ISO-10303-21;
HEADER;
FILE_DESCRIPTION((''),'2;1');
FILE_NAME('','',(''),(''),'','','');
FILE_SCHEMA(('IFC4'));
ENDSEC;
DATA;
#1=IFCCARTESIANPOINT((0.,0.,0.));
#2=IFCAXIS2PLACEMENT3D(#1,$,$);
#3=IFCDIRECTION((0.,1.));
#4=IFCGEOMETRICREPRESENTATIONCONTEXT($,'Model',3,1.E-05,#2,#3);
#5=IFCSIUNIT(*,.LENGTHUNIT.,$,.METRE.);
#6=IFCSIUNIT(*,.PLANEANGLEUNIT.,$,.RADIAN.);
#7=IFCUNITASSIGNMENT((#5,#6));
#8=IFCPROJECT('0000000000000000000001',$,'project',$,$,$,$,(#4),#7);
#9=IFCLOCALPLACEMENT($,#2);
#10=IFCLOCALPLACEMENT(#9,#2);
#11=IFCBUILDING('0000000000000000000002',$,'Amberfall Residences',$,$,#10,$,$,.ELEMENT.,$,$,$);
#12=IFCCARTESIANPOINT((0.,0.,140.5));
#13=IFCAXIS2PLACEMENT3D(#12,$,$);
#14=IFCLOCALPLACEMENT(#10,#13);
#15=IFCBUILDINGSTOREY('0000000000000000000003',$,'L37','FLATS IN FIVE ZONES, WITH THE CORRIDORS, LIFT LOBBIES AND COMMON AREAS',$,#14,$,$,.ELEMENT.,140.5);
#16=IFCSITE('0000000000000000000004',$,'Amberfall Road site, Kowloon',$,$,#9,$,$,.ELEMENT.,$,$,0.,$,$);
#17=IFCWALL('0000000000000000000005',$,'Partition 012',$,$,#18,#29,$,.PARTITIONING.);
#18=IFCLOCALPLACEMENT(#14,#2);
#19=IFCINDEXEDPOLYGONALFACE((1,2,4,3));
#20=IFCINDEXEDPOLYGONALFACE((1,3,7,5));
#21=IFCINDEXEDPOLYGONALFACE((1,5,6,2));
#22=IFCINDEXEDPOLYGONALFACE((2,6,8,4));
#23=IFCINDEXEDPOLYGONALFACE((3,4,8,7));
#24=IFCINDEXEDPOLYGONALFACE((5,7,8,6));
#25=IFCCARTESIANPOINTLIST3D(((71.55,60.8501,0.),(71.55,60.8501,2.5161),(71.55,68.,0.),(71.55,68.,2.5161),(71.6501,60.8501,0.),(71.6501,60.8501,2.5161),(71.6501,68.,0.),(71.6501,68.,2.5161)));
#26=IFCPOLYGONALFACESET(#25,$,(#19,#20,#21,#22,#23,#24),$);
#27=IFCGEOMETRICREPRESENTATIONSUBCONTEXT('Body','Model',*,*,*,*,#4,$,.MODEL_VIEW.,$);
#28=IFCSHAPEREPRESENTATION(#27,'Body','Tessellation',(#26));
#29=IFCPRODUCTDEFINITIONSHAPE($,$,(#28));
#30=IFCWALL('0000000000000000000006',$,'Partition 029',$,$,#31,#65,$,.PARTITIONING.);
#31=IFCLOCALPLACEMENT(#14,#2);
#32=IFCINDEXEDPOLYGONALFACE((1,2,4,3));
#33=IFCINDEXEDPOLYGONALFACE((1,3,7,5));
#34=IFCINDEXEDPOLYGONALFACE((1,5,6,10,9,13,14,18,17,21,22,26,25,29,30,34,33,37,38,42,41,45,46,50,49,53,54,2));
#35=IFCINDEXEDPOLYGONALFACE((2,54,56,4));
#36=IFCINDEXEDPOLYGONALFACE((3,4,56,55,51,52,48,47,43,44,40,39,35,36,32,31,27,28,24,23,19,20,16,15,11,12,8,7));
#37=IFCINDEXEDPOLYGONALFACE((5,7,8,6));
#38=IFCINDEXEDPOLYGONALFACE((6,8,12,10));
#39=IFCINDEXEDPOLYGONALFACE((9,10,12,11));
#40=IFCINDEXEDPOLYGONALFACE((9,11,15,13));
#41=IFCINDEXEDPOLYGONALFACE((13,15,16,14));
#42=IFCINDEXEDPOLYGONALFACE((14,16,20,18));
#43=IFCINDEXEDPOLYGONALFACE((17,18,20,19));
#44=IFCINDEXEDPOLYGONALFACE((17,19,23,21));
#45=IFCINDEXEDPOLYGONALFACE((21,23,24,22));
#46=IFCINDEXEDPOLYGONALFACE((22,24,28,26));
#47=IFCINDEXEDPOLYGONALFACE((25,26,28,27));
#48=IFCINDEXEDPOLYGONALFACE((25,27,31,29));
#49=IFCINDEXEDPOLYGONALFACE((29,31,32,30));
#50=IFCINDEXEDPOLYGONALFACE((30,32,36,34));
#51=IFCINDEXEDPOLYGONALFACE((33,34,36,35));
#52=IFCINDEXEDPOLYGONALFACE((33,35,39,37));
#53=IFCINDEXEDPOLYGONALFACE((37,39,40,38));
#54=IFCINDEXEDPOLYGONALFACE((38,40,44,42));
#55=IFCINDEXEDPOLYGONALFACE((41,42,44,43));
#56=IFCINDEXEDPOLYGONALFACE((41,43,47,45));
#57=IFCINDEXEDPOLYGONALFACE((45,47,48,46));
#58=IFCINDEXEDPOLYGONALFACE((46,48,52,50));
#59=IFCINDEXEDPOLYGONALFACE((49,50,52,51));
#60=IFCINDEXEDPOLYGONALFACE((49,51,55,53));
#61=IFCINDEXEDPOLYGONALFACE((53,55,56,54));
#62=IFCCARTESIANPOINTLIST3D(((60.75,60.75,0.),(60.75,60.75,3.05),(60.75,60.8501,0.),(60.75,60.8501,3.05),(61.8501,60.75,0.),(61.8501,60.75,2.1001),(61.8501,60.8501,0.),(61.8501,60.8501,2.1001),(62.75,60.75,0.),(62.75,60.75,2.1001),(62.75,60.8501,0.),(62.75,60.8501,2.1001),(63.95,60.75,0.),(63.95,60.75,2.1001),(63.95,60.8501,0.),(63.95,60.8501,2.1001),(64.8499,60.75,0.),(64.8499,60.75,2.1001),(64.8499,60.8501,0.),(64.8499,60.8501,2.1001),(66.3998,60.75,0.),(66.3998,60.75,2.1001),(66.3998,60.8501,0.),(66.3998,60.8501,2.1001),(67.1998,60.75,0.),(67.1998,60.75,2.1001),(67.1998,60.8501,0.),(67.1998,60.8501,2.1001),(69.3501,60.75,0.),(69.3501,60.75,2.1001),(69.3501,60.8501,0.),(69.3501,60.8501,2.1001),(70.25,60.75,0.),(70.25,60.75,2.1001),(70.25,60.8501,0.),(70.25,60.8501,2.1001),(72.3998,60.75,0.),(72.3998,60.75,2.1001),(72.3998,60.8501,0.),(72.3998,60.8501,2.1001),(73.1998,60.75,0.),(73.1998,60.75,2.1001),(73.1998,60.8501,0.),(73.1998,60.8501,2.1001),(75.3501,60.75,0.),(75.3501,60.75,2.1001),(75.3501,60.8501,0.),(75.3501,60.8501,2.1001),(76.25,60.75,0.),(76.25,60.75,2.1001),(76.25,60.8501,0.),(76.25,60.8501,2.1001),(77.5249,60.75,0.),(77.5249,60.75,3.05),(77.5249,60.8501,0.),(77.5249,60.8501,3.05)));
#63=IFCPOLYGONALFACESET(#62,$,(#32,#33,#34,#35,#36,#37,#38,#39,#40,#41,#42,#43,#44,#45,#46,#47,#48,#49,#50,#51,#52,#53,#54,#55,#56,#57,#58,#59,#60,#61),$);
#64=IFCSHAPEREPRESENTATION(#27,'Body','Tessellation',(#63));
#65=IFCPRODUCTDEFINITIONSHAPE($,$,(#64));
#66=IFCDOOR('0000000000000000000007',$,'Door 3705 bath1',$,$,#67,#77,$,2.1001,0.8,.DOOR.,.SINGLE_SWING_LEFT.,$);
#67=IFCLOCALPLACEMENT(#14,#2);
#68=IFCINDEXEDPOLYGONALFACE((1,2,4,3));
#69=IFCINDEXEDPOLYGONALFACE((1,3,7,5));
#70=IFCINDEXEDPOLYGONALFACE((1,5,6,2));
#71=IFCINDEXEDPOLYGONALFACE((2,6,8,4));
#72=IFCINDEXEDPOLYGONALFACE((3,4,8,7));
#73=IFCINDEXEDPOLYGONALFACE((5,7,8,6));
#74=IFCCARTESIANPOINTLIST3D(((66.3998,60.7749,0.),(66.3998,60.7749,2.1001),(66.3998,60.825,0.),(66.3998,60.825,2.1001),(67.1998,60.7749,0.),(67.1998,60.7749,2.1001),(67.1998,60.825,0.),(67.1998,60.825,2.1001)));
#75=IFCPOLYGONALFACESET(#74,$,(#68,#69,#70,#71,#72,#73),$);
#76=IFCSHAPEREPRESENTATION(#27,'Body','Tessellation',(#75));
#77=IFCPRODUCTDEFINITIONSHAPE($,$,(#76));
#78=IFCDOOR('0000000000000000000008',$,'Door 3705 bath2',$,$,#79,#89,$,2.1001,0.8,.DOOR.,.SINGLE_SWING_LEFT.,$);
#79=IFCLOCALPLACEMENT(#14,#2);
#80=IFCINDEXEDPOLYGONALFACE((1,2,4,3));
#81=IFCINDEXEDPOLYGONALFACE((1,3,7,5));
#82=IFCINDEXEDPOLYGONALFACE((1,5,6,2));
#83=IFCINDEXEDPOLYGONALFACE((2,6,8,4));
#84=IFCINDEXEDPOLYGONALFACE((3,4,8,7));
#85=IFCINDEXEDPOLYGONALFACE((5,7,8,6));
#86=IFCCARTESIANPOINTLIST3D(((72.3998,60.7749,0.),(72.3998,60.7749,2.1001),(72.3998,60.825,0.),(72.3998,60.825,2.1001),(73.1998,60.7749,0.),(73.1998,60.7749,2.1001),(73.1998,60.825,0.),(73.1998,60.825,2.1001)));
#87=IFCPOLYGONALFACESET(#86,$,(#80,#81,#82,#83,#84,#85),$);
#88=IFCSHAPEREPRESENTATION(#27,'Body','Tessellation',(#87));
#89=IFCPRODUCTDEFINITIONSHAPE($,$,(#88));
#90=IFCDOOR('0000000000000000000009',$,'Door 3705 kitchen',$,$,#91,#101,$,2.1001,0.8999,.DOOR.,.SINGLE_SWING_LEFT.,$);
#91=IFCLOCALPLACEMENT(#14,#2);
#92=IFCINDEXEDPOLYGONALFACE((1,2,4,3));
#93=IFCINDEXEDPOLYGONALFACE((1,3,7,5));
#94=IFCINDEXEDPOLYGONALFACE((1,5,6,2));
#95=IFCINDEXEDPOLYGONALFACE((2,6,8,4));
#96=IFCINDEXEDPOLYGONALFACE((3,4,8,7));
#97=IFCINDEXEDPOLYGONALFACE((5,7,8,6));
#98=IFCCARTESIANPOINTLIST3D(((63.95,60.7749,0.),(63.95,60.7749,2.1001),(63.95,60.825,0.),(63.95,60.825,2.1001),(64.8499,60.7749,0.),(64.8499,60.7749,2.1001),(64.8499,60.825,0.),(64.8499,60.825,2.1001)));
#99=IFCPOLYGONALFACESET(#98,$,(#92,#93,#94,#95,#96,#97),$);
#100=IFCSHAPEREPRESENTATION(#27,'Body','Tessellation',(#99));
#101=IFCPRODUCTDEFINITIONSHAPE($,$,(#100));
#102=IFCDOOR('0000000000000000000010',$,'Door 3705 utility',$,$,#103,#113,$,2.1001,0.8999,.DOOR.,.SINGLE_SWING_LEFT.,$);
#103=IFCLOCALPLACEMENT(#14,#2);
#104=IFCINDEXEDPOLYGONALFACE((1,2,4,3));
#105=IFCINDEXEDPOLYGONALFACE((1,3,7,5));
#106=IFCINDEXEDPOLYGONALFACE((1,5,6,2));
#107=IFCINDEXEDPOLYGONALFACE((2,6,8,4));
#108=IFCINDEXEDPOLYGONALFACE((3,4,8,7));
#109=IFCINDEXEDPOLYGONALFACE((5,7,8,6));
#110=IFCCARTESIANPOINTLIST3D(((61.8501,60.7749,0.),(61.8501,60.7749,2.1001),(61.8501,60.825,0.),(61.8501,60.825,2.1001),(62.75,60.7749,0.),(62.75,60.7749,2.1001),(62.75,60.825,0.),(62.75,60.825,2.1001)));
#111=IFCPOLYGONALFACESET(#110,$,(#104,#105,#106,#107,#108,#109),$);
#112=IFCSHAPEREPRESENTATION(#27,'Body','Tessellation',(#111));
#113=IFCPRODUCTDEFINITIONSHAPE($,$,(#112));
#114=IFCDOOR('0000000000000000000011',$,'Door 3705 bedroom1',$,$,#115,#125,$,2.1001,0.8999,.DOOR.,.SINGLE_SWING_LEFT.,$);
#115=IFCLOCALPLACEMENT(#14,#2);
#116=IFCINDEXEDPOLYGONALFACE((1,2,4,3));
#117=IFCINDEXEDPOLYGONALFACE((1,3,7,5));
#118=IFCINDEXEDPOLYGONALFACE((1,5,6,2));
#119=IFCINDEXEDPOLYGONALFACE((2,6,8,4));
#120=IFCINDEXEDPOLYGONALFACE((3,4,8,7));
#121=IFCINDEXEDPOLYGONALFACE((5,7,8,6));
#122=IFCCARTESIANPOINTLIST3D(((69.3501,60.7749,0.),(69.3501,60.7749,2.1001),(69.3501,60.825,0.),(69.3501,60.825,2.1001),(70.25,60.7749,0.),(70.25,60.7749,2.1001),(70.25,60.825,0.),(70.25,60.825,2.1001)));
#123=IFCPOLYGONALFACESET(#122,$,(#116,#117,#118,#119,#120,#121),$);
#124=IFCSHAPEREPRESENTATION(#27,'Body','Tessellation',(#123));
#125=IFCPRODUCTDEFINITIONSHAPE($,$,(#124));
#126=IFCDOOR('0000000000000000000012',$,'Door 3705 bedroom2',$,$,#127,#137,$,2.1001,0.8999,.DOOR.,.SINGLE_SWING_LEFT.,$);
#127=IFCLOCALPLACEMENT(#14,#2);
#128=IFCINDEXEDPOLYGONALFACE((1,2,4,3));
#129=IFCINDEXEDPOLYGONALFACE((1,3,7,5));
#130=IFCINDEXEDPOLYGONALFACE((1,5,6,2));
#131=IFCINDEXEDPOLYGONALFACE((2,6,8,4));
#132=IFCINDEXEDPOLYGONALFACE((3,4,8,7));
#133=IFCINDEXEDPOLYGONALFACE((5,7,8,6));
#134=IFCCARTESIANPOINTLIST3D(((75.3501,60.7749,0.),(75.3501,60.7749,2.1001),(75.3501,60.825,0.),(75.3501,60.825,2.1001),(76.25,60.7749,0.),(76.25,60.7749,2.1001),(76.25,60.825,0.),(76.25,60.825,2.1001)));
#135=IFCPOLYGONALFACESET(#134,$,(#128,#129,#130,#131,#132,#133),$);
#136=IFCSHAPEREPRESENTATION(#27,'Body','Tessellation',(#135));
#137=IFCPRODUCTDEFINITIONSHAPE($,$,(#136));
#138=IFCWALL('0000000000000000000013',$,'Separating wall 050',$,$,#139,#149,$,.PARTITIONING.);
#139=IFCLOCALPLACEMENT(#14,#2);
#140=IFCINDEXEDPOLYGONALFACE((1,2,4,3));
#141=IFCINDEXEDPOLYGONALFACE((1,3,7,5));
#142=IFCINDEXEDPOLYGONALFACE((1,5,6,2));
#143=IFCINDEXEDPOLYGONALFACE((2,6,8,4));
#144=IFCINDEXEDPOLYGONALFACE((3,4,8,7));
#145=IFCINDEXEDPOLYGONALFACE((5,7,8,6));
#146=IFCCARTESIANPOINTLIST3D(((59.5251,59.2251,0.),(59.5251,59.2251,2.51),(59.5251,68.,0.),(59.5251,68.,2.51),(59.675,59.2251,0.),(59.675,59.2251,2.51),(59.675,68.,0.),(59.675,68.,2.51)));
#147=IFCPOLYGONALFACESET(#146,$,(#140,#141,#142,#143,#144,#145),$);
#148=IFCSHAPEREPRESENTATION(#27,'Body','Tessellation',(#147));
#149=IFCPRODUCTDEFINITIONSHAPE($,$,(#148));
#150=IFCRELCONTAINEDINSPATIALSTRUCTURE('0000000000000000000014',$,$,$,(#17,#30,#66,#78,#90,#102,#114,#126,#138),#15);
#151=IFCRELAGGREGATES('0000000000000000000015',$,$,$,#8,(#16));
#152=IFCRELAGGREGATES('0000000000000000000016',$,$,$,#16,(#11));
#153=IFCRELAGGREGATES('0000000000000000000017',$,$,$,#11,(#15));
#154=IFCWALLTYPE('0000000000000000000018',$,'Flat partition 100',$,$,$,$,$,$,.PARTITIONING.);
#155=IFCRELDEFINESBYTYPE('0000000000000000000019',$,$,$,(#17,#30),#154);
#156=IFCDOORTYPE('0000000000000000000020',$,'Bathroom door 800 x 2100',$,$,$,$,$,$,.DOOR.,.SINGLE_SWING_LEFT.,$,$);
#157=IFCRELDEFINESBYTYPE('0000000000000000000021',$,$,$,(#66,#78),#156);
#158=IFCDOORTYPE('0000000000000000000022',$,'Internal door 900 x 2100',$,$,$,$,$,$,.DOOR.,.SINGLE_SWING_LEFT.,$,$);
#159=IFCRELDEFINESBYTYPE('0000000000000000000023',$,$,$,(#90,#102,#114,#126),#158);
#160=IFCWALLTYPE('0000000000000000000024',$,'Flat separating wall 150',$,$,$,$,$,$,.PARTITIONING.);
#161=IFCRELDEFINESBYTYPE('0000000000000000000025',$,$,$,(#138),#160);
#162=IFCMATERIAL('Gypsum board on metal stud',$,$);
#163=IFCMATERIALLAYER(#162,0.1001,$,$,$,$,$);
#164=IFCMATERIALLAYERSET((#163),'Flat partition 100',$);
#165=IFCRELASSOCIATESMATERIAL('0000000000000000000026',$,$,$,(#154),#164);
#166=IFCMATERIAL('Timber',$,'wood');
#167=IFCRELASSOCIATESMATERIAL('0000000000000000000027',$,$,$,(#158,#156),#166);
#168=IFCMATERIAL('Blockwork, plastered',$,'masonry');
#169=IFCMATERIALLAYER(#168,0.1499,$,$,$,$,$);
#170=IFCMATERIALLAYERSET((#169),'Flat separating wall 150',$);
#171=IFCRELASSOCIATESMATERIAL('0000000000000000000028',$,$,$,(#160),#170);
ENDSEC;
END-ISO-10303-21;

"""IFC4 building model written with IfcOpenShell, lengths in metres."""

from ifc_helpers import new_model, si_unit, direction, frame, frame_2d, origin, place, context, subcontext, project, spatial, rectangle, extrude, material, layer, layer_set, type_object, element, fill, save


model = new_model("IFC4")

# Units and contexts
model_context = context("Model", 3, precision=1e-05, world=origin(), true_north=direction((0.0, 1.0)))
body_context = subcontext(model_context, "Body", "Model", "MODEL_VIEW")
ifc_project = project(units=[si_unit("LENGTHUNIT", "METRE"), si_unit("PLANEANGLEUNIT", "RADIAN")], contexts=[model_context])

# Site, building, storey
site_placement = place(None, origin())
site = spatial("IfcSite", under=ifc_project, at=site_placement, Name="Amberfall Road site, Kowloon", CompositionType="ELEMENT", RefElevation=0.0)
building_placement = place(site_placement, origin())
building = spatial("IfcBuilding", under=site, at=building_placement, Name="Amberfall Residences", CompositionType="ELEMENT")
storey_placement = place(building_placement, frame((0.0, 0.0, 140.5)))
storey = spatial("IfcBuildingStorey", under=building, at=storey_placement, Name="L37", Description="FLATS IN FIVE ZONES, WITH THE CORRIDORS, LIFT LOBBIES AND COMMON AREAS", CompositionType="ELEMENT", Elevation=140.5)

# Shared definitions
ifc_material_1 = material(Name="Gypsum board on metal stud")
ifc_layer_1 = layer(ifc_material_1, 0.1001)
ifc_layer_set_1 = layer_set([ifc_layer_1], Name="Flat partition 100")
wall_type_1 = type_object("IfcWallType", Name="Flat partition 100", PredefinedType="PARTITIONING", material=ifc_layer_set_1)
ifc_material_2 = material(Name="Timber", Category="wood")
door_type_1 = type_object("IfcDoorType", Name="Internal door 900 x 2100", OperationType="SINGLE_SWING_LEFT", PredefinedType="DOOR", material=ifc_material_2)

# Wall
wall_1_placement = place(storey_placement, frame((71.6001, 60.8501, 0.0), z_axis=(0.0, 0.0, 1.0), x_axis=(0.0, 1.0, 0.0)))
element("IfcWall", 1, at=wall_1_placement, inside=storey, type_object=wall_type_1, Name="Partition 012", PredefinedType="PARTITIONING", context=body_context, shape_type="SweptSolid", body=[
    extrude(rectangle(XDim=7.1499, YDim=0.1001, at=frame_2d((3.575, 0.0))), origin(), (0.0, 0.0, 1.0), 2.5161),
])

# Wall, openings, doors
wall_2_placement = place(storey_placement, frame((60.75, 60.8, 0.0), z_axis=(0.0, 0.0, 1.0), x_axis=(1.0, 0.0, 0.0)))
wall_2 = element("IfcWall", 2, at=wall_2_placement, inside=storey, type_object=wall_type_1, Name="Partition 029", PredefinedType="PARTITIONING", context=body_context, shape_type="SweptSolid", body=[
    extrude(rectangle(XDim=16.7749, YDim=0.1001, at=frame_2d((8.3875, 0.0))), origin(), (0.0, 0.0, 1.0), 3.05),
])
opening_1_placement = place(wall_2_placement, frame((3.2, 0.0, 0.0)))
opening_1 = element("IfcOpeningElement", 3, at=opening_1_placement, cuts=wall_2, PredefinedType="OPENING", context=body_context, shape_type="SweptSolid", body=[
    extrude(rectangle(XDim=0.8999, YDim=2.1001, at=frame_2d((0.45, 1.05))), frame((0.0, 0.0601, 0.0), z_axis=(0.0, -1.0, 0.0), x_axis=(1.0, 0.0, 0.0)), (0.0, 0.0, 1.0), 0.1201),
])
opening_2_placement = place(wall_2_placement, frame((1.1001, 0.0, 0.0)))
opening_2 = element("IfcOpeningElement", 4, at=opening_2_placement, cuts=wall_2, PredefinedType="OPENING", context=body_context, shape_type="SweptSolid", body=[
    extrude(rectangle(XDim=0.8999, YDim=2.1001, at=frame_2d((0.45, 1.05))), frame((0.0, 0.0601, 0.0), z_axis=(0.0, -1.0, 0.0), x_axis=(1.0, 0.0, 0.0)), (0.0, 0.0, 1.0), 0.1201),
])
opening_3_placement = place(wall_2_placement, frame((8.6001, 0.0, 0.0)))
opening_3 = element("IfcOpeningElement", 5, at=opening_3_placement, cuts=wall_2, PredefinedType="OPENING", context=body_context, shape_type="SweptSolid", body=[
    extrude(rectangle(XDim=0.8999, YDim=2.1001, at=frame_2d((0.45, 1.05))), frame((0.0, 0.0601, 0.0), z_axis=(0.0, -1.0, 0.0), x_axis=(1.0, 0.0, 0.0)), (0.0, 0.0, 1.0), 0.1201),
])
opening_4_placement = place(wall_2_placement, frame((14.6001, 0.0, 0.0)))
opening_4 = element("IfcOpeningElement", 6, at=opening_4_placement, cuts=wall_2, PredefinedType="OPENING", context=body_context, shape_type="SweptSolid", body=[
    extrude(rectangle(XDim=0.8999, YDim=2.1001, at=frame_2d((0.45, 1.05))), frame((0.0, 0.0601, 0.0), z_axis=(0.0, -1.0, 0.0), x_axis=(1.0, 0.0, 0.0)), (0.0, 0.0, 1.0), 0.1201),
])
opening_5_placement = place(wall_2_placement, frame((5.6499, 0.0, 0.0)))
opening_5 = element("IfcOpeningElement", 7, at=opening_5_placement, cuts=wall_2, PredefinedType="OPENING", context=body_context, shape_type="SweptSolid", body=[
    extrude(rectangle(XDim=0.8, YDim=2.1001, at=frame_2d((0.3999, 1.05))), frame((0.0, 0.0601, 0.0), z_axis=(0.0, -1.0, 0.0), x_axis=(1.0, 0.0, 0.0)), (0.0, 0.0, 1.0), 0.1201),
])
opening_6_placement = place(wall_2_placement, frame((11.6499, 0.0, 0.0)))
opening_6 = element("IfcOpeningElement", 8, at=opening_6_placement, cuts=wall_2, PredefinedType="OPENING", context=body_context, shape_type="SweptSolid", body=[
    extrude(rectangle(XDim=0.8, YDim=2.1001, at=frame_2d((0.3999, 1.05))), frame((0.0, 0.0601, 0.0), z_axis=(0.0, -1.0, 0.0), x_axis=(1.0, 0.0, 0.0)), (0.0, 0.0, 1.0), 0.1201),
])
door_type_2 = type_object("IfcDoorType", Name="Bathroom door 800 x 2100", OperationType="SINGLE_SWING_LEFT", PredefinedType="DOOR", material=ifc_material_2)
door_1_placement = place(opening_5_placement, origin())
door_1 = element("IfcDoor", 9, at=door_1_placement, inside=storey, type_object=door_type_2, Name="Door 3705 bath1", OperationType="SINGLE_SWING_LEFT", OverallHeight=2.1001, OverallWidth=0.8, PredefinedType="DOOR", context=body_context, shape_type="SweptSolid", body=[
    extrude(rectangle(XDim=0.8, YDim=2.1001, at=frame_2d((0.3999, 1.05))), frame((0.0, 0.0249, 0.0), z_axis=(0.0, -1.0, 0.0), x_axis=(1.0, 0.0, 0.0)), (0.0, 0.0, 1.0), 0.05),
])
fill(opening_5, door_1)
door_2_placement = place(opening_6_placement, origin())
door_2 = element("IfcDoor", 10, at=door_2_placement, inside=storey, type_object=door_type_2, Name="Door 3705 bath2", OperationType="SINGLE_SWING_LEFT", OverallHeight=2.1001, OverallWidth=0.8, PredefinedType="DOOR", context=body_context, shape_type="SweptSolid", body=[
    extrude(rectangle(XDim=0.8, YDim=2.1001, at=frame_2d((0.3999, 1.05))), frame((0.0, 0.0249, 0.0), z_axis=(0.0, -1.0, 0.0), x_axis=(1.0, 0.0, 0.0)), (0.0, 0.0, 1.0), 0.05),
])
fill(opening_6, door_2)
door_3_placement = place(opening_1_placement, origin())
door_3 = element("IfcDoor", 11, at=door_3_placement, inside=storey, type_object=door_type_1, Name="Door 3705 kitchen", OperationType="SINGLE_SWING_LEFT", OverallHeight=2.1001, OverallWidth=0.8999, PredefinedType="DOOR", context=body_context, shape_type="SweptSolid", body=[
    extrude(rectangle(XDim=0.8999, YDim=2.1001, at=frame_2d((0.45, 1.05))), frame((0.0, 0.0249, 0.0), z_axis=(0.0, -1.0, 0.0), x_axis=(1.0, 0.0, 0.0)), (0.0, 0.0, 1.0), 0.05),
])
fill(opening_1, door_3)
door_4_placement = place(opening_2_placement, origin())
door_4 = element("IfcDoor", 12, at=door_4_placement, inside=storey, type_object=door_type_1, Name="Door 3705 utility", OperationType="SINGLE_SWING_LEFT", OverallHeight=2.1001, OverallWidth=0.8999, PredefinedType="DOOR", context=body_context, shape_type="SweptSolid", body=[
    extrude(rectangle(XDim=0.8999, YDim=2.1001, at=frame_2d((0.45, 1.05))), frame((0.0, 0.0249, 0.0), z_axis=(0.0, -1.0, 0.0), x_axis=(1.0, 0.0, 0.0)), (0.0, 0.0, 1.0), 0.05),
])
fill(opening_2, door_4)
door_5_placement = place(opening_3_placement, origin())
door_5 = element("IfcDoor", 13, at=door_5_placement, inside=storey, type_object=door_type_1, Name="Door 3705 bedroom1", OperationType="SINGLE_SWING_LEFT", OverallHeight=2.1001, OverallWidth=0.8999, PredefinedType="DOOR", context=body_context, shape_type="SweptSolid", body=[
    extrude(rectangle(XDim=0.8999, YDim=2.1001, at=frame_2d((0.45, 1.05))), frame((0.0, 0.0249, 0.0), z_axis=(0.0, -1.0, 0.0), x_axis=(1.0, 0.0, 0.0)), (0.0, 0.0, 1.0), 0.05),
])
fill(opening_3, door_5)
door_6_placement = place(opening_4_placement, origin())
door_6 = element("IfcDoor", 14, at=door_6_placement, inside=storey, type_object=door_type_1, Name="Door 3705 bedroom2", OperationType="SINGLE_SWING_LEFT", OverallHeight=2.1001, OverallWidth=0.8999, PredefinedType="DOOR", context=body_context, shape_type="SweptSolid", body=[
    extrude(rectangle(XDim=0.8999, YDim=2.1001, at=frame_2d((0.45, 1.05))), frame((0.0, 0.0249, 0.0), z_axis=(0.0, -1.0, 0.0), x_axis=(1.0, 0.0, 0.0)), (0.0, 0.0, 1.0), 0.05),
])
fill(opening_4, door_6)

# Wall
ifc_material_3 = material(Name="Blockwork, plastered", Category="masonry")
ifc_layer_2 = layer(ifc_material_3, 0.1499)
ifc_layer_set_2 = layer_set([ifc_layer_2], Name="Flat separating wall 150")
wall_type_2 = type_object("IfcWallType", Name="Flat separating wall 150", PredefinedType="PARTITIONING", material=ifc_layer_set_2)
wall_3_placement = place(storey_placement, frame((59.6001, 59.2251, 0.0), z_axis=(0.0, 0.0, 1.0), x_axis=(0.0, 1.0, 0.0)))
element("IfcWall", 15, at=wall_3_placement, inside=storey, type_object=wall_type_2, Name="Separating wall 050", PredefinedType="PARTITIONING", context=body_context, shape_type="SweptSolid", body=[
    extrude(rectangle(XDim=8.7749, YDim=0.1499, at=frame_2d((4.3875, 0.0))), origin(), (0.0, 0.0, 1.0), 2.51),
])

save(model, "model.ifc")
